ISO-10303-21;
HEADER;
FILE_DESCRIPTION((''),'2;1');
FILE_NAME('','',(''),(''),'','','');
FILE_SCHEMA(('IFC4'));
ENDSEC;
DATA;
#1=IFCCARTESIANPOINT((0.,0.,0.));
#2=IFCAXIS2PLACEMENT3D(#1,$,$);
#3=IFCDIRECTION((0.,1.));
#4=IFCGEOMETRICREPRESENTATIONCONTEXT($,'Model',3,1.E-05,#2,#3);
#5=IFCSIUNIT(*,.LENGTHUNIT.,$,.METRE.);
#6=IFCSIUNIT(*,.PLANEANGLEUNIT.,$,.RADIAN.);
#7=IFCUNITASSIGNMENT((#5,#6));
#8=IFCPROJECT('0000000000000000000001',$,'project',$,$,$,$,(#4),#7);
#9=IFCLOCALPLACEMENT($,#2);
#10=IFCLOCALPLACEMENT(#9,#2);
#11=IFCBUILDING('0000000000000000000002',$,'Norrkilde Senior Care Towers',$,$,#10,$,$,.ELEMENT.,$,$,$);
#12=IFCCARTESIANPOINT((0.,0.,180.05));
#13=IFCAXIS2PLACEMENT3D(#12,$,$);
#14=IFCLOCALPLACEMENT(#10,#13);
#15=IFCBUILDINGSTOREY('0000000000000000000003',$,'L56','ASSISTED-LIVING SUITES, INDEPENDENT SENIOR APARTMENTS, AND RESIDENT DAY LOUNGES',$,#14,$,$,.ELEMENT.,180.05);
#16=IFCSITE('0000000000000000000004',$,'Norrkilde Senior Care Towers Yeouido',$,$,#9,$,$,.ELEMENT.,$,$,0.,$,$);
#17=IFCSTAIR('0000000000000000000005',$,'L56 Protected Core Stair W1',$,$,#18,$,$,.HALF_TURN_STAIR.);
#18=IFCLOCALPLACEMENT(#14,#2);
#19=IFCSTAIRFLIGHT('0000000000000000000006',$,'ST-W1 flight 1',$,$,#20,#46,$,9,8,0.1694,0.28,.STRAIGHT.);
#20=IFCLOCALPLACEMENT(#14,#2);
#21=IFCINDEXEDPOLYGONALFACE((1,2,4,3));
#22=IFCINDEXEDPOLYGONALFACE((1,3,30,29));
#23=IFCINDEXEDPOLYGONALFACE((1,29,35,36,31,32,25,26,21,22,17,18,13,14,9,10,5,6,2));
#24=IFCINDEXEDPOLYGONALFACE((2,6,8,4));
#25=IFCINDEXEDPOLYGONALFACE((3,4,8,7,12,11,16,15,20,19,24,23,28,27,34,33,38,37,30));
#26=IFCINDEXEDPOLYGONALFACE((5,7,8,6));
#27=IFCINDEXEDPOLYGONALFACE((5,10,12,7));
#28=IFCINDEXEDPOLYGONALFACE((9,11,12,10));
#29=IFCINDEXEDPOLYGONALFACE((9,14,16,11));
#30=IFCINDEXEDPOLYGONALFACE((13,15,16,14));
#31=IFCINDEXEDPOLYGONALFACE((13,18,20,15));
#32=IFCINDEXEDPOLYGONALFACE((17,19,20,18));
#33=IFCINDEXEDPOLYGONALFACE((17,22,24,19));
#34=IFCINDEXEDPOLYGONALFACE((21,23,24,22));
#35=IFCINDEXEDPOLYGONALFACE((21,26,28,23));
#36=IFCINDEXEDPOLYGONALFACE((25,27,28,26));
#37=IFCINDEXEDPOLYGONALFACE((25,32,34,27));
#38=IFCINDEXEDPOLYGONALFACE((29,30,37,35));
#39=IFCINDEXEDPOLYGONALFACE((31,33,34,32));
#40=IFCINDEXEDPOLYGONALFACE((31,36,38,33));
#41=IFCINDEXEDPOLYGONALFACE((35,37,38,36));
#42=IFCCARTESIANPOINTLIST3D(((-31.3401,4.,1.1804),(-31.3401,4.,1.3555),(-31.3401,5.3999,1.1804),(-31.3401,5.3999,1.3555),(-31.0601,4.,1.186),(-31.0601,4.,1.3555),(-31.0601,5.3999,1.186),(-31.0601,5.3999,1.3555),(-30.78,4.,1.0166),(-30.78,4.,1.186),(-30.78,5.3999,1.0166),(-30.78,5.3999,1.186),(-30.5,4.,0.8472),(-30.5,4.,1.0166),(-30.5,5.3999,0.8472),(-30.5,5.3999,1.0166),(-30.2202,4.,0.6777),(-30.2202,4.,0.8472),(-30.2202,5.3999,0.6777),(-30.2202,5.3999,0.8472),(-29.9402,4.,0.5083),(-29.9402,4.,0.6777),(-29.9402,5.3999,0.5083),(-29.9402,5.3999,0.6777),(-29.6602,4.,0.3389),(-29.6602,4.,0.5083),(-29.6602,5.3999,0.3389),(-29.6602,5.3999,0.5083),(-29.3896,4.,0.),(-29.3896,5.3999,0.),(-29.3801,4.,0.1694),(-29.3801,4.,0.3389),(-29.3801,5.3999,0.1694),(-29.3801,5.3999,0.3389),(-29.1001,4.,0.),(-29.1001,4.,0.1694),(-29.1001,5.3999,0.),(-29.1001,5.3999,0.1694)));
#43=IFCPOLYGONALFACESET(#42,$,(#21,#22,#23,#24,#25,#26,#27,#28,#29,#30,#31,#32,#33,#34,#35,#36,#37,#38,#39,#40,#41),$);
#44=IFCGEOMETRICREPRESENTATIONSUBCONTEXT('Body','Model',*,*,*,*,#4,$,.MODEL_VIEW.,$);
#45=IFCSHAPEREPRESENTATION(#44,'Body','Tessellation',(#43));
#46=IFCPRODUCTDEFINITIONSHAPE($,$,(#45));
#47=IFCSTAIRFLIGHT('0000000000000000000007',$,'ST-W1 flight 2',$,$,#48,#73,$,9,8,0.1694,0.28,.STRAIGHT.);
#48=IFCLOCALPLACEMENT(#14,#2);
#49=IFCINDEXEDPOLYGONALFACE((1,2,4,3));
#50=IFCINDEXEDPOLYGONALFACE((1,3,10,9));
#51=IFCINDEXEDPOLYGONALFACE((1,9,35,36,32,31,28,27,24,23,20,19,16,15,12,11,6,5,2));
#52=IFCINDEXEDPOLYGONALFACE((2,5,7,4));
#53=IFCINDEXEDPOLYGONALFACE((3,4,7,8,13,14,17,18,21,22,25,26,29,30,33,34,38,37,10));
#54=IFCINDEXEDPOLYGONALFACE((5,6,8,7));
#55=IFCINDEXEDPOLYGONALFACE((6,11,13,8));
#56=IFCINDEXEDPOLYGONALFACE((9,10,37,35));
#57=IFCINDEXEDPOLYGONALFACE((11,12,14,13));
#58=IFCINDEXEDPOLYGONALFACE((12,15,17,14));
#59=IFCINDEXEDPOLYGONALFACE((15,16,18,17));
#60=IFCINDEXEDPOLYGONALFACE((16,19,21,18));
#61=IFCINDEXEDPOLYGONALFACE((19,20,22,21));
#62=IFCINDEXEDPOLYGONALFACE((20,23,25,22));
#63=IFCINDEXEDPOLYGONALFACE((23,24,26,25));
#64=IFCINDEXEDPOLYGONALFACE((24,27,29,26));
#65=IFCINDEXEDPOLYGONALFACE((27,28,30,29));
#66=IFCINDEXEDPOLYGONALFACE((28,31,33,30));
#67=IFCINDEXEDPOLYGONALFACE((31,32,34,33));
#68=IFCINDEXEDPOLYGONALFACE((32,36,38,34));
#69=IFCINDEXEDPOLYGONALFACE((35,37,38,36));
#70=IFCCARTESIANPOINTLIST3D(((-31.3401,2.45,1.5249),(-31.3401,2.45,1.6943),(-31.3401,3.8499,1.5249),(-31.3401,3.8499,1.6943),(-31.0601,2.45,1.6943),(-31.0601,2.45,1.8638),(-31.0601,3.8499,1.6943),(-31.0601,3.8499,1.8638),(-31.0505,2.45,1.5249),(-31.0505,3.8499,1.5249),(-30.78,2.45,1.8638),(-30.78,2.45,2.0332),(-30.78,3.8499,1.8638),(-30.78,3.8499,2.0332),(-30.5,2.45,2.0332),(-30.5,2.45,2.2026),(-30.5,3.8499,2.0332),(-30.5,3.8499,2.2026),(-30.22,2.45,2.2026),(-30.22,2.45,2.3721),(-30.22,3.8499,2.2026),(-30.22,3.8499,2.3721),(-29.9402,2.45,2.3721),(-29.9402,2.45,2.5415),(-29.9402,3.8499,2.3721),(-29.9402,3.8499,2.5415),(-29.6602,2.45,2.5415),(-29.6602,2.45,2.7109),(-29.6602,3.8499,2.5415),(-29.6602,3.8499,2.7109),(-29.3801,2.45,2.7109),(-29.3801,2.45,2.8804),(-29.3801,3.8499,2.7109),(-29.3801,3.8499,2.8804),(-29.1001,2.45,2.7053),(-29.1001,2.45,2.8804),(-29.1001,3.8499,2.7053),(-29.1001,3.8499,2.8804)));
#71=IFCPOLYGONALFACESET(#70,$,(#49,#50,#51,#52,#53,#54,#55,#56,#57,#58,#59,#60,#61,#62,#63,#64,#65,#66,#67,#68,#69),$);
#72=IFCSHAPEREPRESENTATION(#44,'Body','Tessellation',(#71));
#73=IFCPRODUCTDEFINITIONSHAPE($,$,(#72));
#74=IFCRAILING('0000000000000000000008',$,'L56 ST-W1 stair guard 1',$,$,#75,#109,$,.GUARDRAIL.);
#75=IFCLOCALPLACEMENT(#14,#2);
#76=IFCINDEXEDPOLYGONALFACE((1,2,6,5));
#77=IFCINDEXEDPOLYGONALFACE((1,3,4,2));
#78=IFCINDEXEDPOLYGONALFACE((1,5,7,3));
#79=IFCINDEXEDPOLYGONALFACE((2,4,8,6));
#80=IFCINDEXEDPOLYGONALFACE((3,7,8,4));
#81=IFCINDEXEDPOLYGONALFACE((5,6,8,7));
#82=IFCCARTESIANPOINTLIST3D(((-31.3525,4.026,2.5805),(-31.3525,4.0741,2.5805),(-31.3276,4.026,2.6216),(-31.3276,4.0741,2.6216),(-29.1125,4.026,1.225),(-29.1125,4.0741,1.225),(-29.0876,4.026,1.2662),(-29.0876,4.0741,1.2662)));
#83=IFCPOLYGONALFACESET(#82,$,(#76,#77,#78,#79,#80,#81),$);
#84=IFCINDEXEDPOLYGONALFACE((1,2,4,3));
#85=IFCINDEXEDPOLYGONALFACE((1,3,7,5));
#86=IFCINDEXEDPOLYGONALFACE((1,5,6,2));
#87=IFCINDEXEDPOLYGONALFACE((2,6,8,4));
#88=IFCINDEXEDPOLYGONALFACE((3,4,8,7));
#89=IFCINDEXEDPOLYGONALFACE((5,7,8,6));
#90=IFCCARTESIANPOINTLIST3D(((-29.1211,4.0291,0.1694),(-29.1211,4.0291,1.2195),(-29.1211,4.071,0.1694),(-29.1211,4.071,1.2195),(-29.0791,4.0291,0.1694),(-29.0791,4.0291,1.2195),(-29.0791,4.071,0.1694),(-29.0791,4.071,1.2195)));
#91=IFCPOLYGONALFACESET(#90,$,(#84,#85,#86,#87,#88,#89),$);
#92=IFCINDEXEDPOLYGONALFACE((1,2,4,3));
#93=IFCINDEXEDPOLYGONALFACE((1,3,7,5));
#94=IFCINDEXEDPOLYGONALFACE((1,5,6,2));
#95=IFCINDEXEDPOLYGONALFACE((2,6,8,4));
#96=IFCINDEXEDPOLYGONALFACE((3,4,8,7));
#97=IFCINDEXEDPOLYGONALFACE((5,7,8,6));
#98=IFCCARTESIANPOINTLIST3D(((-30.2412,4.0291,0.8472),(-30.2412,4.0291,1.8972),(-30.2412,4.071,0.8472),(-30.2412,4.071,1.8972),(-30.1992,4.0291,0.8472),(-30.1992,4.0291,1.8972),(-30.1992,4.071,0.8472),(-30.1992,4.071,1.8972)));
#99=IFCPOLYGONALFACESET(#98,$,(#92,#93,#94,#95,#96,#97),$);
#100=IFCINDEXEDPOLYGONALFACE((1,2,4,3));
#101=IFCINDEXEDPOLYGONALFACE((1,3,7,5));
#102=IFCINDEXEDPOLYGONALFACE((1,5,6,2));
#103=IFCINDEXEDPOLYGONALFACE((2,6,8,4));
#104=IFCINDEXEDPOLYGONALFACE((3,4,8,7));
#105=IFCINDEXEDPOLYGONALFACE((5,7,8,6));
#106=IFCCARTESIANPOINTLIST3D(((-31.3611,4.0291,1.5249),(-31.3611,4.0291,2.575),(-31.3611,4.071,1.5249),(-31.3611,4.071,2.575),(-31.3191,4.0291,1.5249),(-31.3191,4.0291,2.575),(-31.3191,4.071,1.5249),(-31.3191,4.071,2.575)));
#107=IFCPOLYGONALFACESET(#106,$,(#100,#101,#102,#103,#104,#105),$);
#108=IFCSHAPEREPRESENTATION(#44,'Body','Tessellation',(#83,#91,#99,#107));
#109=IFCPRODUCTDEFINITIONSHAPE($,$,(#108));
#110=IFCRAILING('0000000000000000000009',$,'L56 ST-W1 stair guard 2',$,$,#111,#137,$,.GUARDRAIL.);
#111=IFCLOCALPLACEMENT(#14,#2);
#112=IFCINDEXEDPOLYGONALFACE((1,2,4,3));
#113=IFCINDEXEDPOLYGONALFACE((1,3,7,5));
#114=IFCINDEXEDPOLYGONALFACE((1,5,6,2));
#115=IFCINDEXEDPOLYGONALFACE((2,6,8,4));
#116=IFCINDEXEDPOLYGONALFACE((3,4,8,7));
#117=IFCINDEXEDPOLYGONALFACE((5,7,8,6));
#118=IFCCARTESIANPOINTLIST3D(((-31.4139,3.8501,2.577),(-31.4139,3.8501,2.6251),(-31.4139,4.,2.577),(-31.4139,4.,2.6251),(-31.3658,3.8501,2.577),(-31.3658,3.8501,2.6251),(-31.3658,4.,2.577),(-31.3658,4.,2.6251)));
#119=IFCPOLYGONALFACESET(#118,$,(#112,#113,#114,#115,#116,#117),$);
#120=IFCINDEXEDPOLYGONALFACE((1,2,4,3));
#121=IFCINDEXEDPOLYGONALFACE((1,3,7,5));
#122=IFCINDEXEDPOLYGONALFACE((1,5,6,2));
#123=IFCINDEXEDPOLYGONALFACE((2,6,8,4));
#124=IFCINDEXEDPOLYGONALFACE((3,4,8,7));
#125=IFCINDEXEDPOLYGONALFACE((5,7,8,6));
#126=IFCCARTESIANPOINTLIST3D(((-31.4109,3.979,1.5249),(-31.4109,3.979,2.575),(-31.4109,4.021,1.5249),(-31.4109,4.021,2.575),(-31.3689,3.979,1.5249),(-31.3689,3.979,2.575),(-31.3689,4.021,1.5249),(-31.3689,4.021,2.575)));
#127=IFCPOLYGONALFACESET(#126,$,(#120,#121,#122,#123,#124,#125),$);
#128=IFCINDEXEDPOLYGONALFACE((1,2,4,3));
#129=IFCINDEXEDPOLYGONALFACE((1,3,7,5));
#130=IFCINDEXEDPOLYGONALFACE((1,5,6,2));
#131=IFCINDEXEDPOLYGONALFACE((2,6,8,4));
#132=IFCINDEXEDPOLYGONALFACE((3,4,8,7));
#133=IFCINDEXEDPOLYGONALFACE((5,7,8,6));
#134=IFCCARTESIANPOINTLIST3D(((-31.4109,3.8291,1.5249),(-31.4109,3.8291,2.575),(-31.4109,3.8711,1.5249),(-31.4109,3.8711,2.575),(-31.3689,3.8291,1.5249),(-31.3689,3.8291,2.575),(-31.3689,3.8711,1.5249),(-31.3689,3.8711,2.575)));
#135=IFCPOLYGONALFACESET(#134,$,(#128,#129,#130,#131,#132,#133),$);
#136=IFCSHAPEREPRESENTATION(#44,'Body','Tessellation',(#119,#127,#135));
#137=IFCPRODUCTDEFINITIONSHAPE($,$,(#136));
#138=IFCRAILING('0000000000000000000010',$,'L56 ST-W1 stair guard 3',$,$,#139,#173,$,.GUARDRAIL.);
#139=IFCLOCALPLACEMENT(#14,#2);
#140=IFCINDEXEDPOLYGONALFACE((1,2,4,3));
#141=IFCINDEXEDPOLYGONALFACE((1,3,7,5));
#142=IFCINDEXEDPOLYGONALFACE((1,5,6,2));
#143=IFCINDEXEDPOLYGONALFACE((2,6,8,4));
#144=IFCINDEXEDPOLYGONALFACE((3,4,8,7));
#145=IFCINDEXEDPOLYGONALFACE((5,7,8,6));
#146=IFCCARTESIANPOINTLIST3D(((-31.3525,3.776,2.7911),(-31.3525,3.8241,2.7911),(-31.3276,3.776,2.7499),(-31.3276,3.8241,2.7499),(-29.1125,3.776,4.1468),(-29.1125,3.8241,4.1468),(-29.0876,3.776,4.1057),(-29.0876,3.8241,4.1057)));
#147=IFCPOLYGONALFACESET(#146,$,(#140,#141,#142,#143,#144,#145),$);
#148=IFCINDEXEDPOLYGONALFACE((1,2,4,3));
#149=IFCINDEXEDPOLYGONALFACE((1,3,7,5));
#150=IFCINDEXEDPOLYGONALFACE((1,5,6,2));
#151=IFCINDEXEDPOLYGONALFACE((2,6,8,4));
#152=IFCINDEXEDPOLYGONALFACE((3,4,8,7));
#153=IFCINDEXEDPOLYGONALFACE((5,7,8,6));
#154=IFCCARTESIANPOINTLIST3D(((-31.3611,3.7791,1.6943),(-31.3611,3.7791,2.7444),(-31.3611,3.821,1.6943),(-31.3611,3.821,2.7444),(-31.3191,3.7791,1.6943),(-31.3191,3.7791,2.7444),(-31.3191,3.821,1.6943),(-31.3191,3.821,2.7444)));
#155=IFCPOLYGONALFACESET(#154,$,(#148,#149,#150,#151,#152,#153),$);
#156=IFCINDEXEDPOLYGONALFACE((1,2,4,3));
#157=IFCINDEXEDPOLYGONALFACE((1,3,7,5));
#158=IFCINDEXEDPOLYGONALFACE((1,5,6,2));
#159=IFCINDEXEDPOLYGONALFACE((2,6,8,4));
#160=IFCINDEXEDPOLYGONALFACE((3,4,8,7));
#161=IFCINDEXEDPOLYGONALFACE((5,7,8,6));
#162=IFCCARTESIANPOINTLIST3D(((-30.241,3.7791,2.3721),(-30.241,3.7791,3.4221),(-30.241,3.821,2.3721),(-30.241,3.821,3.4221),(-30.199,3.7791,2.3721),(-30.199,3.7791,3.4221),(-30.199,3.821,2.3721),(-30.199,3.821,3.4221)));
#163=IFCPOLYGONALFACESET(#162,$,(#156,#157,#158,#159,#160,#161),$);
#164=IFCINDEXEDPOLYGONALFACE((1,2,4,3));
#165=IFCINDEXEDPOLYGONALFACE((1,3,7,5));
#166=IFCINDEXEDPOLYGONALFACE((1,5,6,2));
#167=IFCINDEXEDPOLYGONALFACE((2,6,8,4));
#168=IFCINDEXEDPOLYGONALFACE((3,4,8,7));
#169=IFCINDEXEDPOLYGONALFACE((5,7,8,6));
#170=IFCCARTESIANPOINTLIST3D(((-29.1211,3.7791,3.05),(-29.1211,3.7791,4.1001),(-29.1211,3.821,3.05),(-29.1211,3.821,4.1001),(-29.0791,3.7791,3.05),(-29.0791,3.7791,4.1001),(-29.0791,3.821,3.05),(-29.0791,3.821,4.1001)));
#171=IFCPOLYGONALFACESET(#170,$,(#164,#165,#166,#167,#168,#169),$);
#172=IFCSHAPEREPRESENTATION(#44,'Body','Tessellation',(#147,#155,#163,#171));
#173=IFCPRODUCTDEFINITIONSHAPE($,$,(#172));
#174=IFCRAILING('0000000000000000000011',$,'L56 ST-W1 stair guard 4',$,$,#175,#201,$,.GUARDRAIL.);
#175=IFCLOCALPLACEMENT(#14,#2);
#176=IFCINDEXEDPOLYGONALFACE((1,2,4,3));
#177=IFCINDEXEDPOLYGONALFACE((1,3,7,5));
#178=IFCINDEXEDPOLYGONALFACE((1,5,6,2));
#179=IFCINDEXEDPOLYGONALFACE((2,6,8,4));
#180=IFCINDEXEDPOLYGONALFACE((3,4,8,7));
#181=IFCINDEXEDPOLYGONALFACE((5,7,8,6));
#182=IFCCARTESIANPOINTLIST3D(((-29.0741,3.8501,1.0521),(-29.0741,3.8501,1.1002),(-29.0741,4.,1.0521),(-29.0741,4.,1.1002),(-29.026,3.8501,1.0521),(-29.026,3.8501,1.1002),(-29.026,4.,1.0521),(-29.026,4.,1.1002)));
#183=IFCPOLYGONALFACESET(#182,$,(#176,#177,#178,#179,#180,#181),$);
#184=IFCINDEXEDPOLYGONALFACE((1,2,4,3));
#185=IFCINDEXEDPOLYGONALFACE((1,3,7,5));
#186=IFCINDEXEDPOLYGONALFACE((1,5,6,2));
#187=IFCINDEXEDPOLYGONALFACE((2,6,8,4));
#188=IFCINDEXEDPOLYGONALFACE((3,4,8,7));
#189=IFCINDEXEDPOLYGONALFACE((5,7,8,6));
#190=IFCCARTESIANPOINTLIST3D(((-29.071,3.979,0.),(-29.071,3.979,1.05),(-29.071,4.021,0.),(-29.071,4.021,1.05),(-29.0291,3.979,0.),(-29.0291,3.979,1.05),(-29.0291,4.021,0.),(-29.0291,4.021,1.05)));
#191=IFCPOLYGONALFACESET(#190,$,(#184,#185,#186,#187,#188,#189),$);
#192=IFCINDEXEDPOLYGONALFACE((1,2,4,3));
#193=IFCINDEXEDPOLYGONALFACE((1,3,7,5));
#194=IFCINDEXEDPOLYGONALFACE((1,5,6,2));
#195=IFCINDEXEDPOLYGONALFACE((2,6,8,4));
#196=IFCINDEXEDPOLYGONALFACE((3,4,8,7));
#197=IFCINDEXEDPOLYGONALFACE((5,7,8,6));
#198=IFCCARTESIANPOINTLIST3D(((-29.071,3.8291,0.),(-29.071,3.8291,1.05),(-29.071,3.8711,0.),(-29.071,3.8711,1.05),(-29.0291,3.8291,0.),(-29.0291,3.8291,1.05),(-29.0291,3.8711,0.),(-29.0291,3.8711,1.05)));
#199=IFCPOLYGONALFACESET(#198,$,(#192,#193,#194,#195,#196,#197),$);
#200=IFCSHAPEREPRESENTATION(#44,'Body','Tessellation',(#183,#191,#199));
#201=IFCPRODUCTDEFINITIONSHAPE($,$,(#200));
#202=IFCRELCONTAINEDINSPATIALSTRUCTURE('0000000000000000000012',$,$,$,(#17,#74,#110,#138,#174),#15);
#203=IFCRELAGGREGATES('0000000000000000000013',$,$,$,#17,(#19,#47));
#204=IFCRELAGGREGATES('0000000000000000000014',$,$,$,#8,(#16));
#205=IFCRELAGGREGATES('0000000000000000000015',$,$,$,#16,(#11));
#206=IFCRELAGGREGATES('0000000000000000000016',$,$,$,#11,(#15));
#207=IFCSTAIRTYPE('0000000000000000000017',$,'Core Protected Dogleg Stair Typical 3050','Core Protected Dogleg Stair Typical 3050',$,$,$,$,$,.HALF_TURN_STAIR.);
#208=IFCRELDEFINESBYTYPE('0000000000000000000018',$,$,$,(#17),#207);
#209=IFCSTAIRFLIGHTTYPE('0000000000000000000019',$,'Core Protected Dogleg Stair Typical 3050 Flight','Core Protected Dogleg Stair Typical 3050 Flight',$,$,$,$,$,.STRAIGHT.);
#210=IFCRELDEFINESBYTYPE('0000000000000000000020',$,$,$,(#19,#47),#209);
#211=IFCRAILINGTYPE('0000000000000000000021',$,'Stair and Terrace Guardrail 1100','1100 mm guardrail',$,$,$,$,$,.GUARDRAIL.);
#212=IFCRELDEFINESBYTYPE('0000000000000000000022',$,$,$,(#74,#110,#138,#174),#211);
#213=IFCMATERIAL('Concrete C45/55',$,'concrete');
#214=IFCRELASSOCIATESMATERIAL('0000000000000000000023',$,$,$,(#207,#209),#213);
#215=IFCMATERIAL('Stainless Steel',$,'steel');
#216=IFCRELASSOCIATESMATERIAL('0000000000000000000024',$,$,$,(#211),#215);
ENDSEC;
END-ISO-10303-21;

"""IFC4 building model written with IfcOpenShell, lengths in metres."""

from ifc_helpers import new_model, si_unit, direction, frame, origin, origin_2d, place, context, subcontext, project, spatial, polyline, rectangle, outline, extrude, material, type_object, element, aggregate, save


model = new_model("IFC4")

# Units and contexts
model_context = context("Model", 3, precision=1e-05, world=origin(), true_north=direction((0.0, 1.0)))
body_context = subcontext(model_context, "Body", "Model", "MODEL_VIEW")
ifc_project = project(units=[si_unit("LENGTHUNIT", "METRE"), si_unit("PLANEANGLEUNIT", "RADIAN")], contexts=[model_context])

# Site, building, storey
site_placement = place(None, origin())
site = spatial("IfcSite", under=ifc_project, at=site_placement, Name="Norrkilde Senior Care Towers Yeouido", CompositionType="ELEMENT", RefElevation=0.0)
building_placement = place(site_placement, origin())
building = spatial("IfcBuilding", under=site, at=building_placement, Name="Norrkilde Senior Care Towers", CompositionType="ELEMENT")
storey_placement = place(building_placement, frame((0.0, 0.0, 180.05)))
storey = spatial("IfcBuildingStorey", under=building, at=storey_placement, Name="L56", Description="ASSISTED-LIVING SUITES, INDEPENDENT SENIOR APARTMENTS, AND RESIDENT DAY LOUNGES", CompositionType="ELEMENT", Elevation=180.05)

# Shared definitions
ifc_material_1 = material(Name="Concrete C45/55", Category="concrete")

# Stair, stair flights
stair_type = type_object("IfcStairType", Name="Core Protected Dogleg Stair Typical 3050", Description="Core Protected Dogleg Stair Typical 3050", PredefinedType="HALF_TURN_STAIR", material=ifc_material_1)
stair_placement = place(storey_placement, origin())
stair = element("IfcStair", 1, at=stair_placement, inside=storey, type_object=stair_type, Name="L56 Protected Core Stair W1", PredefinedType="HALF_TURN_STAIR")
stair_flight_type = type_object("IfcStairFlightType", Name="Core Protected Dogleg Stair Typical 3050 Flight", Description="Core Protected Dogleg Stair Typical 3050 Flight", PredefinedType="STRAIGHT", material=ifc_material_1)
stair_flight_1_placement = place(storey_placement, frame((-29.1001, 4.7, 0.0), z_axis=(0.0, 0.0, 1.0), x_axis=(-1.0, 0.0, 0.0)))
stair_flight_1 = element("IfcStairFlight", 2, at=stair_flight_1_placement, type_object=stair_flight_type, Name="ST-W1 flight 1", NumberOfRisers=9, NumberOfTreads=8, PredefinedType="STRAIGHT", RiserHeight=0.1694, TreadLength=0.28, context=body_context, shape_type="SweptSolid", body=[
    extrude(outline(polyline([(0.0, 0.0), (0.0, 0.1694), (0.28, 0.1694), (0.28, 0.3389), (0.5601, 0.3389), (0.5601, 0.5083), (0.8401, 0.5083), (0.8401, 0.6777), (1.1201, 0.6777), (1.1201, 0.8472), (1.3999, 0.8472), (1.3999, 1.0166), (1.6799, 1.0166), (1.6799, 1.186), (1.96, 1.186), (1.96, 1.3555), (2.24, 1.3555), (2.24, 1.5249), (2.24, 1.1804), (0.2896, 0.0), (0.0, 0.0)])), frame((0.0, 0.7, 0.0), z_axis=(0.0, -1.0, 0.0), x_axis=(1.0, 0.0, 0.0)), (0.0, 0.0, 1.0), 1.3999),
])
stair_flight_2_placement = place(storey_placement, frame((-31.3401, 3.1499, 1.5249), z_axis=(0.0, 0.0, 1.0), x_axis=(1.0, 0.0, 0.0)))
stair_flight_2 = element("IfcStairFlight", 3, at=stair_flight_2_placement, type_object=stair_flight_type, Name="ST-W1 flight 2", NumberOfRisers=9, NumberOfTreads=8, PredefinedType="STRAIGHT", RiserHeight=0.1694, TreadLength=0.28, context=body_context, shape_type="SweptSolid", body=[
    extrude(outline(polyline([(0.0, 0.0), (0.0, 0.1694), (0.28, 0.1694), (0.28, 0.3389), (0.5601, 0.3389), (0.5601, 0.5083), (0.8401, 0.5083), (0.8401, 0.6777), (1.1201, 0.6777), (1.1201, 0.8472), (1.3999, 0.8472), (1.3999, 1.0166), (1.6799, 1.0166), (1.6799, 1.186), (1.96, 1.186), (1.96, 1.3555), (2.24, 1.3555), (2.24, 1.5249), (2.24, 1.1804), (0.2896, 0.0), (0.0, 0.0)])), frame((0.0, 0.7, 0.0), z_axis=(0.0, -1.0, 0.0), x_axis=(1.0, 0.0, 0.0)), (0.0, 0.0, 1.0), 1.3999),
])
aggregate(stair, [stair_flight_1, stair_flight_2])

# Railings
ifc_material_2 = material(Name="Stainless Steel", Category="steel")
railing_type_1 = type_object("IfcRailingType", Name="Stair and Terrace Guardrail 1100", Description="1100 mm guardrail", PredefinedType="GUARDRAIL", material=ifc_material_2)
railing_1_placement = place(storey_placement, frame((-29.1001, 4.05, 0.1694)))
element("IfcRailing", 4, at=railing_1_placement, inside=storey, type_object=railing_type_1, Name="L56 ST-W1 stair guard 1", PredefinedType="GUARDRAIL", context=body_context, shape_type="SweptSolid", body=[
    extrude(rectangle(XDim=0.0481, YDim=0.0481, at=origin_2d()), frame((0.0, 0.0, 1.0762), z_axis=(-0.855553, 0.0, 0.517715), x_axis=(0.0, -1.0, 0.0)), (0.0, 0.0, 1.0), 2.6182),
    extrude(rectangle(XDim=0.042, YDim=0.042, at=origin_2d()), origin(), (0.0, 0.0, 1.0), 1.05),
    extrude(rectangle(XDim=0.042, YDim=0.042, at=origin_2d()), frame((-1.1201, 0.0, 0.6777)), (0.0, 0.0, 1.0), 1.05),
    extrude(rectangle(XDim=0.042, YDim=0.042, at=origin_2d()), frame((-2.24, 0.0, 1.3555)), (0.0, 0.0, 1.0), 1.05),
])
railing_2_placement = place(storey_placement, frame((-31.3899, 4.0, 1.5249)))
element("IfcRailing", 5, at=railing_2_placement, inside=storey, type_object=railing_type_1, Name="L56 ST-W1 stair guard 2", PredefinedType="GUARDRAIL", context=body_context, shape_type="SweptSolid", body=[
    extrude(rectangle(XDim=0.0481, YDim=0.0481, at=origin_2d()), frame((0.0, 0.0, 1.0762), z_axis=(0.0, -1.0, 0.0), x_axis=(1.0, 0.0, 0.0)), (0.0, 0.0, 1.0), 0.1499),
    extrude(rectangle(XDim=0.042, YDim=0.042, at=origin_2d()), origin(), (0.0, 0.0, 1.0), 1.05),
    extrude(rectangle(XDim=0.042, YDim=0.042, at=origin_2d()), frame((0.0, -0.1499, 0.0)), (0.0, 0.0, 1.0), 1.05),
])
railing_3_placement = place(storey_placement, frame((-31.3401, 3.8, 1.6943)))
element("IfcRailing", 6, at=railing_3_placement, inside=storey, type_object=railing_type_1, Name="L56 ST-W1 stair guard 3", PredefinedType="GUARDRAIL", context=body_context, shape_type="SweptSolid", body=[
    extrude(rectangle(XDim=0.0481, YDim=0.0481, at=origin_2d()), frame((0.0, 0.0, 1.0762), z_axis=(0.855512, 0.0, 0.517783), x_axis=(0.0, 1.0, 0.0)), (0.0, 0.0, 1.0), 2.6184),
    extrude(rectangle(XDim=0.042, YDim=0.042, at=origin_2d()), origin(), (0.0, 0.0, 1.0), 1.05),
    extrude(rectangle(XDim=0.042, YDim=0.042, at=origin_2d()), frame((1.1201, 0.0, 0.6777)), (0.0, 0.0, 1.0), 1.05),
    extrude(rectangle(XDim=0.042, YDim=0.042, at=origin_2d()), frame((2.24, 0.0, 1.3557)), (0.0, 0.0, 1.0), 1.05),
])
railing_4_placement = place(storey_placement, frame((-29.05, 4.0, 0.0)))
element("IfcRailing", 7, at=railing_4_placement, inside=storey, type_object=railing_type_1, Name="L56 ST-W1 stair guard 4", PredefinedType="GUARDRAIL", context=body_context, shape_type="SweptSolid", body=[
    extrude(rectangle(XDim=0.0481, YDim=0.0481, at=origin_2d()), frame((0.0, 0.0, 1.0762), z_axis=(0.0, -1.0, 0.0), x_axis=(1.0, 0.0, 0.0)), (0.0, 0.0, 1.0), 0.1499),
    extrude(rectangle(XDim=0.042, YDim=0.042, at=origin_2d()), origin(), (0.0, 0.0, 1.0), 1.05),
    extrude(rectangle(XDim=0.042, YDim=0.042, at=origin_2d()), frame((0.0, -0.1499, 0.0)), (0.0, 0.0, 1.0), 1.05),
])

save(model, "model.ifc")
